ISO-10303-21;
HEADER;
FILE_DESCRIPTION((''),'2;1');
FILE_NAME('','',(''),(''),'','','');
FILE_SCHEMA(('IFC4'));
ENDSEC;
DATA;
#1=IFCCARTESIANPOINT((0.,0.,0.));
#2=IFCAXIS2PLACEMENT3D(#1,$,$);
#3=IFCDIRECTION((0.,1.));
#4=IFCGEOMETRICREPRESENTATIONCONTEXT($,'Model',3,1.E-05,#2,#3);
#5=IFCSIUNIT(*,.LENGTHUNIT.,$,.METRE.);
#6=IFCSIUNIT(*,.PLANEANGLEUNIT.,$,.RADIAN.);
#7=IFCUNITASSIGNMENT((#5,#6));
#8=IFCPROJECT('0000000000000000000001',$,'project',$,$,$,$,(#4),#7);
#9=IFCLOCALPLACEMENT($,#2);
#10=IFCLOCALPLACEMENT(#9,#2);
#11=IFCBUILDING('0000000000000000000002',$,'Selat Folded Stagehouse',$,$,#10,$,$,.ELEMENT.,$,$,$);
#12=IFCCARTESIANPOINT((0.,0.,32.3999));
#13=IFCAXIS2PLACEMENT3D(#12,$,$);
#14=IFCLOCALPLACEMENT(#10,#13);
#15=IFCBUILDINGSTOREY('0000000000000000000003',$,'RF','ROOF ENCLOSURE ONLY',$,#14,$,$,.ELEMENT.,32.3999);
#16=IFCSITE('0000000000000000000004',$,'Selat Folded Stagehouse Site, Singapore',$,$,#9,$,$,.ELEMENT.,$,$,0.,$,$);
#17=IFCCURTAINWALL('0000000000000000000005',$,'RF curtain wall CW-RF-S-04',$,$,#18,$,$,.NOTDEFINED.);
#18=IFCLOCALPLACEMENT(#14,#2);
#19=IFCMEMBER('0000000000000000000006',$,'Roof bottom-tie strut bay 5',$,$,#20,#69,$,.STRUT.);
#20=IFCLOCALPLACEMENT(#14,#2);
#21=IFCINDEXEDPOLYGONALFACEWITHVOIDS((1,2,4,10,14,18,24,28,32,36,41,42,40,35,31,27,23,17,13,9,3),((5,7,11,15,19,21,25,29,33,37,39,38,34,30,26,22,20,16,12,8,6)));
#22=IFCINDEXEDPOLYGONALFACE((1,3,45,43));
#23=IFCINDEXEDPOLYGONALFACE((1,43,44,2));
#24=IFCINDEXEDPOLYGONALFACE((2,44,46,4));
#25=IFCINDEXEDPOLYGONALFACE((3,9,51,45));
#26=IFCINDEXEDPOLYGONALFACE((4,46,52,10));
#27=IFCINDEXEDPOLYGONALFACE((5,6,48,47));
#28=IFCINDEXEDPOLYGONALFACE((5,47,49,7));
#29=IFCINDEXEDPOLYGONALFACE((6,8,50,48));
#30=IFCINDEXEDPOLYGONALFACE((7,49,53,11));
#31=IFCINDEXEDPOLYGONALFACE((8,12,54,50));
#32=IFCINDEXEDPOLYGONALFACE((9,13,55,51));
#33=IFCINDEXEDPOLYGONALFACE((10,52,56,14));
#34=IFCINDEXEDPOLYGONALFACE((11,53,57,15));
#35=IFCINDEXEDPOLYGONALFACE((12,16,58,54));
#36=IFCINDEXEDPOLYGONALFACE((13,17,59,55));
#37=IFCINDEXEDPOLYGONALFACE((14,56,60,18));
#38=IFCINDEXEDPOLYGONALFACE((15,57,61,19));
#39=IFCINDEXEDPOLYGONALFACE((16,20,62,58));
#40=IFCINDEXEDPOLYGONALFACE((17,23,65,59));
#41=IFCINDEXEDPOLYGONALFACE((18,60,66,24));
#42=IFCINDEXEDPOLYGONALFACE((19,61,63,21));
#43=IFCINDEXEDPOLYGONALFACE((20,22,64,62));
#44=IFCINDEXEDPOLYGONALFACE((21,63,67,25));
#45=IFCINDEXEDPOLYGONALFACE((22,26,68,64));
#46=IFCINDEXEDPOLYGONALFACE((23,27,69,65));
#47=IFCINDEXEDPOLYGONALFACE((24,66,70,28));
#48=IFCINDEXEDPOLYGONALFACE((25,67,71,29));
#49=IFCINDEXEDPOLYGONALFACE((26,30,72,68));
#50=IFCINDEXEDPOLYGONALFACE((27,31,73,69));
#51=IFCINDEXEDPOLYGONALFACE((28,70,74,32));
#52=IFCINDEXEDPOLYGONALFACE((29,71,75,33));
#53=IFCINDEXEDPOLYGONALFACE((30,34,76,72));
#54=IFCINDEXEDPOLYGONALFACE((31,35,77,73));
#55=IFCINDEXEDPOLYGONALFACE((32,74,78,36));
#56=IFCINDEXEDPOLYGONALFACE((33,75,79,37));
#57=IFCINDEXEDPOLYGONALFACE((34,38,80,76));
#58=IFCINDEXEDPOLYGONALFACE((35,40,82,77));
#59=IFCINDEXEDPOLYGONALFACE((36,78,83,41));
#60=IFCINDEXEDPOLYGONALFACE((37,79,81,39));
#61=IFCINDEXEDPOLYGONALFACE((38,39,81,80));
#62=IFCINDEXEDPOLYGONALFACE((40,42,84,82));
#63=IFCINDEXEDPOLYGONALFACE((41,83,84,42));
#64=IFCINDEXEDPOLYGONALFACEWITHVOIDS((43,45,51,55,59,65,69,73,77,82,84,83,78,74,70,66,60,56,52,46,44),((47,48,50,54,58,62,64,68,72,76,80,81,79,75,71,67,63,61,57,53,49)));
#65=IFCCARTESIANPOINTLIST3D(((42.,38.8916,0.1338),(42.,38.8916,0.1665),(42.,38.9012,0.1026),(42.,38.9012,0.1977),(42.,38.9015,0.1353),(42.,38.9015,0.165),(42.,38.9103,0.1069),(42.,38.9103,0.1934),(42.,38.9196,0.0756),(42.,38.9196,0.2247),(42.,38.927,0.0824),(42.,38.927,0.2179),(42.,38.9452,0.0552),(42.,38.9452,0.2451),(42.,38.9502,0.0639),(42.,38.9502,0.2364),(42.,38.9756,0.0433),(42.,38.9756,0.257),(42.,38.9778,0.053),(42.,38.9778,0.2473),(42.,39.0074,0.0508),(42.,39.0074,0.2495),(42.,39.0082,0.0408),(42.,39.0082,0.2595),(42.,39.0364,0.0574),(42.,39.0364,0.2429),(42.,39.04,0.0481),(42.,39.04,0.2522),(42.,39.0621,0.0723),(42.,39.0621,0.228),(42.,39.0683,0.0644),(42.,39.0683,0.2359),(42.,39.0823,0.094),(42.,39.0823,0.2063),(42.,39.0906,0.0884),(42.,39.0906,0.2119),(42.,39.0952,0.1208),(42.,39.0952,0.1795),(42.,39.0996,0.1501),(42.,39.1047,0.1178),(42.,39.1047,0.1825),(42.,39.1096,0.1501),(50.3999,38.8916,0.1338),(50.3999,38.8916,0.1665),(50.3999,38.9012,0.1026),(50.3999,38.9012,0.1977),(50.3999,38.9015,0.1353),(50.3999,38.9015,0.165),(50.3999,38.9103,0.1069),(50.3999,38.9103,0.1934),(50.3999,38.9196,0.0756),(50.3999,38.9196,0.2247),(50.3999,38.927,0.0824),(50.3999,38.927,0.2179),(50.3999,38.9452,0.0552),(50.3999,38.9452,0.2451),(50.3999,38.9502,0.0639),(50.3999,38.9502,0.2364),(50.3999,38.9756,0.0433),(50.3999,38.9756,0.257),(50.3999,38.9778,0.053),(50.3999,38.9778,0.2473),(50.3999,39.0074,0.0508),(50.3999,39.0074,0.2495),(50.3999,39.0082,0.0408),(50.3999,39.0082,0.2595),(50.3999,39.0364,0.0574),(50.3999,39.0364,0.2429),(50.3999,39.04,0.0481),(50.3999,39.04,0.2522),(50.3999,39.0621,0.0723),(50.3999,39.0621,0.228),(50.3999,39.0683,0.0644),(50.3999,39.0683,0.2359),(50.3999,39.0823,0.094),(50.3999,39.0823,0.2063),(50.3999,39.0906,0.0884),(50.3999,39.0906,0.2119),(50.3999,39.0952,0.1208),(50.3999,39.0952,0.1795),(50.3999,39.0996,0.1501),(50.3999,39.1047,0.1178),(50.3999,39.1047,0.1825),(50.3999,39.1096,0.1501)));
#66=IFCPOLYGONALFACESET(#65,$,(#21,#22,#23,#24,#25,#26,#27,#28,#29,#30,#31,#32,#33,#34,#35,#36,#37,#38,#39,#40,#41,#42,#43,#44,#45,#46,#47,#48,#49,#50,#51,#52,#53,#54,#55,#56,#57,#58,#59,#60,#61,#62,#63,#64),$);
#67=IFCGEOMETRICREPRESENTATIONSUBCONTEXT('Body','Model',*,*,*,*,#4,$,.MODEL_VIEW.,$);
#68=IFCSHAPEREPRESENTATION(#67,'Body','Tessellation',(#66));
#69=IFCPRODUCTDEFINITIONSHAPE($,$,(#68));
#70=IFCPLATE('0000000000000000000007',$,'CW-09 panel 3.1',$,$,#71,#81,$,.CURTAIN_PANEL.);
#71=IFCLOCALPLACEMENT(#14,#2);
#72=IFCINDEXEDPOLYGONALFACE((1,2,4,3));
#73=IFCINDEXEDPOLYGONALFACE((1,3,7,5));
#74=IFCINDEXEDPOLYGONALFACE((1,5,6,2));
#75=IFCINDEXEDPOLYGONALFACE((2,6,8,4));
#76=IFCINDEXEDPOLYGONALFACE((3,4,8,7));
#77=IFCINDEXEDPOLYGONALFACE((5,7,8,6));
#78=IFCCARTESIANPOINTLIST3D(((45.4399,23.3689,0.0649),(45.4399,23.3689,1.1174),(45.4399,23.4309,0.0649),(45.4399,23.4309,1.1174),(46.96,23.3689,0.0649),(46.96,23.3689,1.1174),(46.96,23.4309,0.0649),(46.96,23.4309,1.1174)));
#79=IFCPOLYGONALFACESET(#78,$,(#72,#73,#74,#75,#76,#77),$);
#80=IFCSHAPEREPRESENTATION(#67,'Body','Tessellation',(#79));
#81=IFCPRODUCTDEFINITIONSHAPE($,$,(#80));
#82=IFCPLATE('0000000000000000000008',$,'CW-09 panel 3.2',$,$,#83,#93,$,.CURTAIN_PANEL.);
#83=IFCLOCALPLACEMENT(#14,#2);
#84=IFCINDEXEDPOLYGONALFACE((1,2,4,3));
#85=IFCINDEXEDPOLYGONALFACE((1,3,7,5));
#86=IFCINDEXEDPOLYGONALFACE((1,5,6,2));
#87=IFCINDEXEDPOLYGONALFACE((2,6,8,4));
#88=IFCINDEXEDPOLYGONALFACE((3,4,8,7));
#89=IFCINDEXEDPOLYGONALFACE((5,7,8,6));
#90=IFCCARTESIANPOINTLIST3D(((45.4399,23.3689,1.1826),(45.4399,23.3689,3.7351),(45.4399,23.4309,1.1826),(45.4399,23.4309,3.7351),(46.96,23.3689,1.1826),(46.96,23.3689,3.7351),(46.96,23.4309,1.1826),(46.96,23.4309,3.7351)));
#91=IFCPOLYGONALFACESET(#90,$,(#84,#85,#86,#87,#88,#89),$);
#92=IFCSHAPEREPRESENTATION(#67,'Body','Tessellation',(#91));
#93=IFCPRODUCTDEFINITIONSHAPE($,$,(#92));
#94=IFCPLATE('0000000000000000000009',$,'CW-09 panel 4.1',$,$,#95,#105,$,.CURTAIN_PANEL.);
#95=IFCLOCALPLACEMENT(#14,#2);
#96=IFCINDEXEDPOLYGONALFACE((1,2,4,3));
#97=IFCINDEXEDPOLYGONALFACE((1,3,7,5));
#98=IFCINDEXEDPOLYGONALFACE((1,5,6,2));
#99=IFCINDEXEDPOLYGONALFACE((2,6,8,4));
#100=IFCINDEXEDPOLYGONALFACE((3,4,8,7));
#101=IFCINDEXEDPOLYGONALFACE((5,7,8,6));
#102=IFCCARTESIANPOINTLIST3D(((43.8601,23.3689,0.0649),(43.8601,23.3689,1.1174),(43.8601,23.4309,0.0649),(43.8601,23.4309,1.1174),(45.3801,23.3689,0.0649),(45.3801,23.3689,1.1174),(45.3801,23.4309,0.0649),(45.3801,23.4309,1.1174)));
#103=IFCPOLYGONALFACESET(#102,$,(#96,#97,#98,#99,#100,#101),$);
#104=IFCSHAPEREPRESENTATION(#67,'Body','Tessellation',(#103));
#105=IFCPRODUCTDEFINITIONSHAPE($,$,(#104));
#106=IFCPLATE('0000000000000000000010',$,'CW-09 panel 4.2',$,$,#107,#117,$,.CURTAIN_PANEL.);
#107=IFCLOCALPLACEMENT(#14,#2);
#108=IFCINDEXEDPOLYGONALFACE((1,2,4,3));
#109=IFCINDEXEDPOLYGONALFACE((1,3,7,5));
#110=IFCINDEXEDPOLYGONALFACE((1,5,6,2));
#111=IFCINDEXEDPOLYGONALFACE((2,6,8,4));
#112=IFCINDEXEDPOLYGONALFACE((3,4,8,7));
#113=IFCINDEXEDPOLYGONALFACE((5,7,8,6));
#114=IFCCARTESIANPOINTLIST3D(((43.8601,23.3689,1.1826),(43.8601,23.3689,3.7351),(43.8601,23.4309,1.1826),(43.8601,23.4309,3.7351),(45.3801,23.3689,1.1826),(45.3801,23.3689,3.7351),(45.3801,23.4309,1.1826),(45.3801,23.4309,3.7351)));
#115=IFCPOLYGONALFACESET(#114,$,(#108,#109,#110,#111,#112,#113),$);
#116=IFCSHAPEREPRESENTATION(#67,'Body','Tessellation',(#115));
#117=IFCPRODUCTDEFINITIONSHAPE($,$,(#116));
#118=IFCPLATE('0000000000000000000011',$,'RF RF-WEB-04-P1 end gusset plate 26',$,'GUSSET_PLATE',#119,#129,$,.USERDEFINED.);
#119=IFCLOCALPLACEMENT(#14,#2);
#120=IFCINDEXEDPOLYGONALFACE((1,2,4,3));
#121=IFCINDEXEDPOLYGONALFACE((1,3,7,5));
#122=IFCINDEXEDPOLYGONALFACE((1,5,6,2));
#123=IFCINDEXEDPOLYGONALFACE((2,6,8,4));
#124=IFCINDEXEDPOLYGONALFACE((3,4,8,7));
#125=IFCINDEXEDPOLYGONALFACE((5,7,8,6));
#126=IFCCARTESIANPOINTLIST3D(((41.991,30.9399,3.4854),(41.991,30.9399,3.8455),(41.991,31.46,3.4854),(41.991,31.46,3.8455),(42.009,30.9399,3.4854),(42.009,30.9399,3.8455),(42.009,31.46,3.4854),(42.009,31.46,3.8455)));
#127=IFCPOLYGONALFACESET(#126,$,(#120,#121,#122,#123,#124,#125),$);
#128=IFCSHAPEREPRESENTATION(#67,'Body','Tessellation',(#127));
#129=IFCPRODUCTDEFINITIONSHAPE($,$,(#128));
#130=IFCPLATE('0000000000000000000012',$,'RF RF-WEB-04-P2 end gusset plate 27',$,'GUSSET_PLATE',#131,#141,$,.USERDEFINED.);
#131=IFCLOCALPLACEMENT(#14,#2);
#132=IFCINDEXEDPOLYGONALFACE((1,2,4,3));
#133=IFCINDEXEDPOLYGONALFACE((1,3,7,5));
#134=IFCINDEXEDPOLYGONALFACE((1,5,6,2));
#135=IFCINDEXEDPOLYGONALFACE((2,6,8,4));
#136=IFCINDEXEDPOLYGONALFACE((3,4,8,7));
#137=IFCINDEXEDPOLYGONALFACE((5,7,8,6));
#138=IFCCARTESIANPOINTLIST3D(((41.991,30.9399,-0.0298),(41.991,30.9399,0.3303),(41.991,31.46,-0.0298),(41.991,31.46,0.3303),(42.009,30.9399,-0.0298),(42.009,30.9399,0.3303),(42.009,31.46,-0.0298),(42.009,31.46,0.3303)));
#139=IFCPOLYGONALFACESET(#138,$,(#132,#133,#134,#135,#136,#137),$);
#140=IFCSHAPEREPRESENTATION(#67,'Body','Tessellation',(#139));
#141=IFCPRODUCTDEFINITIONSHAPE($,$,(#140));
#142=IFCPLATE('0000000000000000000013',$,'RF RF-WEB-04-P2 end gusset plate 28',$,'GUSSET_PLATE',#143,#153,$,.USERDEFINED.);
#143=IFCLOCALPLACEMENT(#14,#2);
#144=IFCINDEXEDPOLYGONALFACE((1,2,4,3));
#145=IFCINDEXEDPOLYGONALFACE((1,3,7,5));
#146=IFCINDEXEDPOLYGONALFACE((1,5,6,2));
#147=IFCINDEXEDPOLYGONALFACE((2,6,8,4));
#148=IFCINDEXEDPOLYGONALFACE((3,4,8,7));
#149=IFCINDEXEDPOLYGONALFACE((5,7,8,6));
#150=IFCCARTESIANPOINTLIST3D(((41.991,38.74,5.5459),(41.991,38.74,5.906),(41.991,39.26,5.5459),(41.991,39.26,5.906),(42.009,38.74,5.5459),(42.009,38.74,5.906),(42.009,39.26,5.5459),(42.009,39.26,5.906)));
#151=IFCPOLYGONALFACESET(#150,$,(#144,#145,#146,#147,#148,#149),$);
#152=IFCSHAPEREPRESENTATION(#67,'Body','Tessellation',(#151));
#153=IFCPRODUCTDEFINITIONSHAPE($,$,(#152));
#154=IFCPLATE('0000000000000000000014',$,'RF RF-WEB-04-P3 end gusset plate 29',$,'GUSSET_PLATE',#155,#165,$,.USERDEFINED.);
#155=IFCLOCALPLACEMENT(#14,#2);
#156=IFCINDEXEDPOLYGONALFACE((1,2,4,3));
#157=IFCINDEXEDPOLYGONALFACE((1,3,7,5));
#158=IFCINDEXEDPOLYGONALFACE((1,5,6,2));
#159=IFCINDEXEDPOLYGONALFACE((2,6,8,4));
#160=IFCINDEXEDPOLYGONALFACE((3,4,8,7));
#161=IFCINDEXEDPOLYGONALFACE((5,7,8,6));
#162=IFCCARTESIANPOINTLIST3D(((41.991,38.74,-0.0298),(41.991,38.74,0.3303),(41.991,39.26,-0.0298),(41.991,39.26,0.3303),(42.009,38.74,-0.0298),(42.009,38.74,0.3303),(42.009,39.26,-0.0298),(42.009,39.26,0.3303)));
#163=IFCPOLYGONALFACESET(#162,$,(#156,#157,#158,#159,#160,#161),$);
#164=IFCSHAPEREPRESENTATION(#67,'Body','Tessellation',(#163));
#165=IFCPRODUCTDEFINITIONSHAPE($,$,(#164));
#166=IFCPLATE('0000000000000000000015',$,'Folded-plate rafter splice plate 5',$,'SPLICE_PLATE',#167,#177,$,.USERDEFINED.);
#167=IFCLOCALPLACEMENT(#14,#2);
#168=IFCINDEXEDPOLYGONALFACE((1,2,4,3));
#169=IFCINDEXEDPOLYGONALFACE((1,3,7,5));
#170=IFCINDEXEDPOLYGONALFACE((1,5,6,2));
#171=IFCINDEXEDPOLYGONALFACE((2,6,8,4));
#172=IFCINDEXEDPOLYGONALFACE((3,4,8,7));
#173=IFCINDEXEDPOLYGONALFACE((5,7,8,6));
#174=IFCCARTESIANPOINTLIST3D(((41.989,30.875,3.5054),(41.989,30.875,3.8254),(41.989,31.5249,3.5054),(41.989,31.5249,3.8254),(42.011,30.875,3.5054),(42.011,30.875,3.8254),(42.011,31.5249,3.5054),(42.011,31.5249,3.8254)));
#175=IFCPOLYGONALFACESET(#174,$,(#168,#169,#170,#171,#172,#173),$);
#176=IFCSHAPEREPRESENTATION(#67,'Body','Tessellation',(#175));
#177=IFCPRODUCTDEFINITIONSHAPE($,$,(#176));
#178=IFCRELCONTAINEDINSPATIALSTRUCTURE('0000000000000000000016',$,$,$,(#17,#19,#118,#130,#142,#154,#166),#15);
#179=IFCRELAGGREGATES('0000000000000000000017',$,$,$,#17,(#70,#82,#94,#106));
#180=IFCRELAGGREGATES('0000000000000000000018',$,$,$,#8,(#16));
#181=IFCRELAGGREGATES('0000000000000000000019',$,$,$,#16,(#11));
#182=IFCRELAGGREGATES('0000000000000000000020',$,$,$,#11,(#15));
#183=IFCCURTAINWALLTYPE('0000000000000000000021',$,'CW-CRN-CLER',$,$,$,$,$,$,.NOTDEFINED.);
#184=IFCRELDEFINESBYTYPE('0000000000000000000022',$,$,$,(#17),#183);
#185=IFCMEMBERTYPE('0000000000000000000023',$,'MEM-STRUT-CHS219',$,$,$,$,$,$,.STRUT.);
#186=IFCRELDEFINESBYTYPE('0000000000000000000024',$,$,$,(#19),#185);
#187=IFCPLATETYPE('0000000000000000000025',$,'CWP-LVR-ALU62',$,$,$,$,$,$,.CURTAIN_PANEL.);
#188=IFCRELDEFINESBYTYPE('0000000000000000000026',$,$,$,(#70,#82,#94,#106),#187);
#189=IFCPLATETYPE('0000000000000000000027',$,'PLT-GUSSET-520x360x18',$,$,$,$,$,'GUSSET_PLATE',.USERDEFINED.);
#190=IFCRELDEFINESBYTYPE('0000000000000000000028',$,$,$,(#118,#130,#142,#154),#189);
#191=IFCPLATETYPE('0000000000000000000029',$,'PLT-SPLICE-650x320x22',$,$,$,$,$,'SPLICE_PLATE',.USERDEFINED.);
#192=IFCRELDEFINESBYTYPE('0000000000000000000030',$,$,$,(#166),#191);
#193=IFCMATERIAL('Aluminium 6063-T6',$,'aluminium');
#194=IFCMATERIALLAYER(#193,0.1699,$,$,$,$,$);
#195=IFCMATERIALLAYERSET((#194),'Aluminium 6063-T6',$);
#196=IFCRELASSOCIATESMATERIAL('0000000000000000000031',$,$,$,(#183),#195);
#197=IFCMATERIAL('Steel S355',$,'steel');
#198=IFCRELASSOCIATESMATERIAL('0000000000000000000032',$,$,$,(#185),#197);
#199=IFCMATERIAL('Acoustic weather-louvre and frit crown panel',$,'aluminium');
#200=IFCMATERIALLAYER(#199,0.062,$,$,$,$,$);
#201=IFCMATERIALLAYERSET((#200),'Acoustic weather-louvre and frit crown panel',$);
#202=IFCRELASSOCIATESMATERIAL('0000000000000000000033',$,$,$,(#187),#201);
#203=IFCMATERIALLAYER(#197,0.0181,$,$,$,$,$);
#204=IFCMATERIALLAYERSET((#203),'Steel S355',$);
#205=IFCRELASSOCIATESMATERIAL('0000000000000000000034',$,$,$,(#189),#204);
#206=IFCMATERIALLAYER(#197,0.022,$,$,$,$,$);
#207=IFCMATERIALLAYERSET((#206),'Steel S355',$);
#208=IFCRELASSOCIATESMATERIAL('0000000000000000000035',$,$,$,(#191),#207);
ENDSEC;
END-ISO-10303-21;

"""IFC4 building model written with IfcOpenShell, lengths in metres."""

from ifc_helpers import new_model, si_unit, direction, frame, origin, origin_2d, place, context, subcontext, project, spatial, rectangle, hollow_circle, extrude, material, layer, layer_set, material_profile, profile_set, type_object, element, aggregate, save


model = new_model("IFC4")

# Units and contexts
model_context = context("Model", 3, precision=1e-05, world=origin(), true_north=direction((0.0, 1.0)))
body_context = subcontext(model_context, "Body", "Model", "MODEL_VIEW")
ifc_project = project(units=[si_unit("LENGTHUNIT", "METRE"), si_unit("PLANEANGLEUNIT", "RADIAN")], contexts=[model_context])

# Site, building, storey
site_placement = place(None, origin())
site = spatial("IfcSite", under=ifc_project, at=site_placement, Name="Selat Folded Stagehouse Site, Singapore", CompositionType="ELEMENT", RefElevation=0.0)
building_placement = place(site_placement, origin())
building = spatial("IfcBuilding", under=site, at=building_placement, Name="Selat Folded Stagehouse", CompositionType="ELEMENT")
storey_placement = place(building_placement, frame((0.0, 0.0, 32.3999)))
storey = spatial("IfcBuildingStorey", under=building, at=storey_placement, Name="RF", Description="ROOF ENCLOSURE ONLY", CompositionType="ELEMENT", Elevation=32.3999)

# Shared definitions
ifc_material_1 = material(Name="Steel S355", Category="steel")

# Curtain wall
ifc_material_2 = material(Name="Aluminium 6063-T6", Category="aluminium")
ifc_layer_1 = layer(ifc_material_2, 0.1699)
ifc_layer_set_1 = layer_set([ifc_layer_1], Name="Aluminium 6063-T6")
curtain_wall_type = type_object("IfcCurtainWallType", Name="CW-CRN-CLER", PredefinedType="NOTDEFINED", material=ifc_layer_set_1)
curtain_wall_placement = place(storey_placement, origin())
curtain_wall = element("IfcCurtainWall", 1, at=curtain_wall_placement, inside=storey, type_object=curtain_wall_type, Name="RF curtain wall CW-RF-S-04", PredefinedType="NOTDEFINED")

# Member
ifc_material_profile_1 = material_profile(ifc_material_1, hollow_circle(Radius=0.1096, WallThickness=0.01, at=origin_2d()), Name="CHS 219.1x10.0")
ifc_profile_set_1 = profile_set([ifc_material_profile_1], Name="Steel S355")
member_type_1 = type_object("IfcMemberType", Name="MEM-STRUT-CHS219", PredefinedType="STRUT", material=ifc_profile_set_1)
member_1_placement = place(storey_placement, frame((42.0, 39.0, 0.1501), z_axis=(1.0, 0.0, 0.0), x_axis=(0.0, 1.0, 0.0)))
element("IfcMember", 2, at=member_1_placement, inside=storey, type_object=member_type_1, Name="Roof bottom-tie strut bay 5", PredefinedType="STRUT", context=body_context, shape_type="SweptSolid", body=[
    extrude(hollow_circle(Radius=0.1096, WallThickness=0.01, at=origin_2d()), origin(), (0.0, 0.0, 1.0), 8.3999),
])

# Plates
ifc_material_3 = material(Name="Acoustic weather-louvre and frit crown panel", Category="aluminium")
ifc_layer_2 = layer(ifc_material_3, 0.062)
ifc_layer_set_2 = layer_set([ifc_layer_2], Name="Acoustic weather-louvre and frit crown panel")
plate_type_1 = type_object("IfcPlateType", Name="CWP-LVR-ALU62", PredefinedType="CURTAIN_PANEL", material=ifc_layer_set_2)
plate_1_placement = place(storey_placement, frame((46.2, 23.3999, 0.0649), z_axis=(0.0, 0.0, 1.0), x_axis=(-1.0, 0.0, 0.0)))
plate_1 = element("IfcPlate", 3, at=plate_1_placement, type_object=plate_type_1, Name="CW-09 panel 3.1", PredefinedType="CURTAIN_PANEL", context=body_context, shape_type="SweptSolid", body=[
    extrude(rectangle(XDim=1.52, YDim=0.062, at=origin_2d()), origin(), (0.0, 0.0, 1.0), 1.0525),
])
plate_2_placement = place(storey_placement, frame((46.2, 23.3999, 1.1826), z_axis=(0.0, 0.0, 1.0), x_axis=(-1.0, 0.0, 0.0)))
plate_2 = element("IfcPlate", 4, at=plate_2_placement, type_object=plate_type_1, Name="CW-09 panel 3.2", PredefinedType="CURTAIN_PANEL", context=body_context, shape_type="SweptSolid", body=[
    extrude(rectangle(XDim=1.52, YDim=0.062, at=origin_2d()), origin(), (0.0, 0.0, 1.0), 2.5525),
])
plate_3_placement = place(storey_placement, frame((44.6201, 23.3999, 0.0649), z_axis=(0.0, 0.0, 1.0), x_axis=(-1.0, 0.0, 0.0)))
plate_3 = element("IfcPlate", 5, at=plate_3_placement, type_object=plate_type_1, Name="CW-09 panel 4.1", PredefinedType="CURTAIN_PANEL", context=body_context, shape_type="SweptSolid", body=[
    extrude(rectangle(XDim=1.52, YDim=0.062, at=origin_2d()), origin(), (0.0, 0.0, 1.0), 1.0525),
])
plate_4_placement = place(storey_placement, frame((44.6201, 23.3999, 1.1826), z_axis=(0.0, 0.0, 1.0), x_axis=(-1.0, 0.0, 0.0)))
plate_4 = element("IfcPlate", 6, at=plate_4_placement, type_object=plate_type_1, Name="CW-09 panel 4.2", PredefinedType="CURTAIN_PANEL", context=body_context, shape_type="SweptSolid", body=[
    extrude(rectangle(XDim=1.52, YDim=0.062, at=origin_2d()), origin(), (0.0, 0.0, 1.0), 2.5525),
])
aggregate(curtain_wall, [plate_1, plate_2, plate_3, plate_4])

# Plates
ifc_layer_3 = layer(ifc_material_1, 0.0181)
ifc_layer_set_3 = layer_set([ifc_layer_3], Name="Steel S355")
plate_type_2 = type_object("IfcPlateType", Name="PLT-GUSSET-520x360x18", ElementType="GUSSET_PLATE", PredefinedType="USERDEFINED", material=ifc_layer_set_3)
for number, where, z_axis, x_axis, name in (
    (7, (42.0, 31.2, 3.4854), (0.0, 0.0, 1.0), (0.0, 1.0, 0.0), "RF RF-WEB-04-P1 end gusset plate 26"),
    (8, (42.0, 31.2, -0.0298), (0.0, 0.0, 1.0), (0.0, 1.0, 0.0), "RF RF-WEB-04-P2 end gusset plate 27"),
    (9, (42.0, 39.0, 5.5459), (0.0, 0.0, 1.0), (0.0, 1.0, 0.0), "RF RF-WEB-04-P2 end gusset plate 28"),
    (10, (42.0, 39.0, -0.0298), (0.0, 0.0, 1.0), (0.0, 1.0, 0.0), "RF RF-WEB-04-P3 end gusset plate 29"),
):
    element("IfcPlate", number, at=place(storey_placement, frame(where, z_axis=z_axis, x_axis=x_axis)), inside=storey, type_object=plate_type_2, Name=name, ObjectType="GUSSET_PLATE", PredefinedType="USERDEFINED", context=body_context, shape_type="SweptSolid", body=[
        extrude(rectangle(XDim=0.52, YDim=0.0181, at=origin_2d()), origin(), (0.0, 0.0, 1.0), 0.3601),
    ])
ifc_layer_4 = layer(ifc_material_1, 0.022)
ifc_layer_set_4 = layer_set([ifc_layer_4], Name="Steel S355")
plate_type_3 = type_object("IfcPlateType", Name="PLT-SPLICE-650x320x22", ElementType="SPLICE_PLATE", PredefinedType="USERDEFINED", material=ifc_layer_set_4)
plate_5_placement = place(storey_placement, frame((42.0, 31.2, 3.5054), z_axis=(0.0, 0.0, 1.0), x_axis=(1.0, 0.0, 0.0)))
element("IfcPlate", 11, at=plate_5_placement, inside=storey, type_object=plate_type_3, Name="Folded-plate rafter splice plate 5", ObjectType="SPLICE_PLATE", PredefinedType="USERDEFINED", context=body_context, shape_type="SweptSolid", body=[
    extrude(rectangle(XDim=0.022, YDim=0.6499, at=origin_2d()), origin(), (0.0, 0.0, 1.0), 0.3201),
])

save(model, "model.ifc")
